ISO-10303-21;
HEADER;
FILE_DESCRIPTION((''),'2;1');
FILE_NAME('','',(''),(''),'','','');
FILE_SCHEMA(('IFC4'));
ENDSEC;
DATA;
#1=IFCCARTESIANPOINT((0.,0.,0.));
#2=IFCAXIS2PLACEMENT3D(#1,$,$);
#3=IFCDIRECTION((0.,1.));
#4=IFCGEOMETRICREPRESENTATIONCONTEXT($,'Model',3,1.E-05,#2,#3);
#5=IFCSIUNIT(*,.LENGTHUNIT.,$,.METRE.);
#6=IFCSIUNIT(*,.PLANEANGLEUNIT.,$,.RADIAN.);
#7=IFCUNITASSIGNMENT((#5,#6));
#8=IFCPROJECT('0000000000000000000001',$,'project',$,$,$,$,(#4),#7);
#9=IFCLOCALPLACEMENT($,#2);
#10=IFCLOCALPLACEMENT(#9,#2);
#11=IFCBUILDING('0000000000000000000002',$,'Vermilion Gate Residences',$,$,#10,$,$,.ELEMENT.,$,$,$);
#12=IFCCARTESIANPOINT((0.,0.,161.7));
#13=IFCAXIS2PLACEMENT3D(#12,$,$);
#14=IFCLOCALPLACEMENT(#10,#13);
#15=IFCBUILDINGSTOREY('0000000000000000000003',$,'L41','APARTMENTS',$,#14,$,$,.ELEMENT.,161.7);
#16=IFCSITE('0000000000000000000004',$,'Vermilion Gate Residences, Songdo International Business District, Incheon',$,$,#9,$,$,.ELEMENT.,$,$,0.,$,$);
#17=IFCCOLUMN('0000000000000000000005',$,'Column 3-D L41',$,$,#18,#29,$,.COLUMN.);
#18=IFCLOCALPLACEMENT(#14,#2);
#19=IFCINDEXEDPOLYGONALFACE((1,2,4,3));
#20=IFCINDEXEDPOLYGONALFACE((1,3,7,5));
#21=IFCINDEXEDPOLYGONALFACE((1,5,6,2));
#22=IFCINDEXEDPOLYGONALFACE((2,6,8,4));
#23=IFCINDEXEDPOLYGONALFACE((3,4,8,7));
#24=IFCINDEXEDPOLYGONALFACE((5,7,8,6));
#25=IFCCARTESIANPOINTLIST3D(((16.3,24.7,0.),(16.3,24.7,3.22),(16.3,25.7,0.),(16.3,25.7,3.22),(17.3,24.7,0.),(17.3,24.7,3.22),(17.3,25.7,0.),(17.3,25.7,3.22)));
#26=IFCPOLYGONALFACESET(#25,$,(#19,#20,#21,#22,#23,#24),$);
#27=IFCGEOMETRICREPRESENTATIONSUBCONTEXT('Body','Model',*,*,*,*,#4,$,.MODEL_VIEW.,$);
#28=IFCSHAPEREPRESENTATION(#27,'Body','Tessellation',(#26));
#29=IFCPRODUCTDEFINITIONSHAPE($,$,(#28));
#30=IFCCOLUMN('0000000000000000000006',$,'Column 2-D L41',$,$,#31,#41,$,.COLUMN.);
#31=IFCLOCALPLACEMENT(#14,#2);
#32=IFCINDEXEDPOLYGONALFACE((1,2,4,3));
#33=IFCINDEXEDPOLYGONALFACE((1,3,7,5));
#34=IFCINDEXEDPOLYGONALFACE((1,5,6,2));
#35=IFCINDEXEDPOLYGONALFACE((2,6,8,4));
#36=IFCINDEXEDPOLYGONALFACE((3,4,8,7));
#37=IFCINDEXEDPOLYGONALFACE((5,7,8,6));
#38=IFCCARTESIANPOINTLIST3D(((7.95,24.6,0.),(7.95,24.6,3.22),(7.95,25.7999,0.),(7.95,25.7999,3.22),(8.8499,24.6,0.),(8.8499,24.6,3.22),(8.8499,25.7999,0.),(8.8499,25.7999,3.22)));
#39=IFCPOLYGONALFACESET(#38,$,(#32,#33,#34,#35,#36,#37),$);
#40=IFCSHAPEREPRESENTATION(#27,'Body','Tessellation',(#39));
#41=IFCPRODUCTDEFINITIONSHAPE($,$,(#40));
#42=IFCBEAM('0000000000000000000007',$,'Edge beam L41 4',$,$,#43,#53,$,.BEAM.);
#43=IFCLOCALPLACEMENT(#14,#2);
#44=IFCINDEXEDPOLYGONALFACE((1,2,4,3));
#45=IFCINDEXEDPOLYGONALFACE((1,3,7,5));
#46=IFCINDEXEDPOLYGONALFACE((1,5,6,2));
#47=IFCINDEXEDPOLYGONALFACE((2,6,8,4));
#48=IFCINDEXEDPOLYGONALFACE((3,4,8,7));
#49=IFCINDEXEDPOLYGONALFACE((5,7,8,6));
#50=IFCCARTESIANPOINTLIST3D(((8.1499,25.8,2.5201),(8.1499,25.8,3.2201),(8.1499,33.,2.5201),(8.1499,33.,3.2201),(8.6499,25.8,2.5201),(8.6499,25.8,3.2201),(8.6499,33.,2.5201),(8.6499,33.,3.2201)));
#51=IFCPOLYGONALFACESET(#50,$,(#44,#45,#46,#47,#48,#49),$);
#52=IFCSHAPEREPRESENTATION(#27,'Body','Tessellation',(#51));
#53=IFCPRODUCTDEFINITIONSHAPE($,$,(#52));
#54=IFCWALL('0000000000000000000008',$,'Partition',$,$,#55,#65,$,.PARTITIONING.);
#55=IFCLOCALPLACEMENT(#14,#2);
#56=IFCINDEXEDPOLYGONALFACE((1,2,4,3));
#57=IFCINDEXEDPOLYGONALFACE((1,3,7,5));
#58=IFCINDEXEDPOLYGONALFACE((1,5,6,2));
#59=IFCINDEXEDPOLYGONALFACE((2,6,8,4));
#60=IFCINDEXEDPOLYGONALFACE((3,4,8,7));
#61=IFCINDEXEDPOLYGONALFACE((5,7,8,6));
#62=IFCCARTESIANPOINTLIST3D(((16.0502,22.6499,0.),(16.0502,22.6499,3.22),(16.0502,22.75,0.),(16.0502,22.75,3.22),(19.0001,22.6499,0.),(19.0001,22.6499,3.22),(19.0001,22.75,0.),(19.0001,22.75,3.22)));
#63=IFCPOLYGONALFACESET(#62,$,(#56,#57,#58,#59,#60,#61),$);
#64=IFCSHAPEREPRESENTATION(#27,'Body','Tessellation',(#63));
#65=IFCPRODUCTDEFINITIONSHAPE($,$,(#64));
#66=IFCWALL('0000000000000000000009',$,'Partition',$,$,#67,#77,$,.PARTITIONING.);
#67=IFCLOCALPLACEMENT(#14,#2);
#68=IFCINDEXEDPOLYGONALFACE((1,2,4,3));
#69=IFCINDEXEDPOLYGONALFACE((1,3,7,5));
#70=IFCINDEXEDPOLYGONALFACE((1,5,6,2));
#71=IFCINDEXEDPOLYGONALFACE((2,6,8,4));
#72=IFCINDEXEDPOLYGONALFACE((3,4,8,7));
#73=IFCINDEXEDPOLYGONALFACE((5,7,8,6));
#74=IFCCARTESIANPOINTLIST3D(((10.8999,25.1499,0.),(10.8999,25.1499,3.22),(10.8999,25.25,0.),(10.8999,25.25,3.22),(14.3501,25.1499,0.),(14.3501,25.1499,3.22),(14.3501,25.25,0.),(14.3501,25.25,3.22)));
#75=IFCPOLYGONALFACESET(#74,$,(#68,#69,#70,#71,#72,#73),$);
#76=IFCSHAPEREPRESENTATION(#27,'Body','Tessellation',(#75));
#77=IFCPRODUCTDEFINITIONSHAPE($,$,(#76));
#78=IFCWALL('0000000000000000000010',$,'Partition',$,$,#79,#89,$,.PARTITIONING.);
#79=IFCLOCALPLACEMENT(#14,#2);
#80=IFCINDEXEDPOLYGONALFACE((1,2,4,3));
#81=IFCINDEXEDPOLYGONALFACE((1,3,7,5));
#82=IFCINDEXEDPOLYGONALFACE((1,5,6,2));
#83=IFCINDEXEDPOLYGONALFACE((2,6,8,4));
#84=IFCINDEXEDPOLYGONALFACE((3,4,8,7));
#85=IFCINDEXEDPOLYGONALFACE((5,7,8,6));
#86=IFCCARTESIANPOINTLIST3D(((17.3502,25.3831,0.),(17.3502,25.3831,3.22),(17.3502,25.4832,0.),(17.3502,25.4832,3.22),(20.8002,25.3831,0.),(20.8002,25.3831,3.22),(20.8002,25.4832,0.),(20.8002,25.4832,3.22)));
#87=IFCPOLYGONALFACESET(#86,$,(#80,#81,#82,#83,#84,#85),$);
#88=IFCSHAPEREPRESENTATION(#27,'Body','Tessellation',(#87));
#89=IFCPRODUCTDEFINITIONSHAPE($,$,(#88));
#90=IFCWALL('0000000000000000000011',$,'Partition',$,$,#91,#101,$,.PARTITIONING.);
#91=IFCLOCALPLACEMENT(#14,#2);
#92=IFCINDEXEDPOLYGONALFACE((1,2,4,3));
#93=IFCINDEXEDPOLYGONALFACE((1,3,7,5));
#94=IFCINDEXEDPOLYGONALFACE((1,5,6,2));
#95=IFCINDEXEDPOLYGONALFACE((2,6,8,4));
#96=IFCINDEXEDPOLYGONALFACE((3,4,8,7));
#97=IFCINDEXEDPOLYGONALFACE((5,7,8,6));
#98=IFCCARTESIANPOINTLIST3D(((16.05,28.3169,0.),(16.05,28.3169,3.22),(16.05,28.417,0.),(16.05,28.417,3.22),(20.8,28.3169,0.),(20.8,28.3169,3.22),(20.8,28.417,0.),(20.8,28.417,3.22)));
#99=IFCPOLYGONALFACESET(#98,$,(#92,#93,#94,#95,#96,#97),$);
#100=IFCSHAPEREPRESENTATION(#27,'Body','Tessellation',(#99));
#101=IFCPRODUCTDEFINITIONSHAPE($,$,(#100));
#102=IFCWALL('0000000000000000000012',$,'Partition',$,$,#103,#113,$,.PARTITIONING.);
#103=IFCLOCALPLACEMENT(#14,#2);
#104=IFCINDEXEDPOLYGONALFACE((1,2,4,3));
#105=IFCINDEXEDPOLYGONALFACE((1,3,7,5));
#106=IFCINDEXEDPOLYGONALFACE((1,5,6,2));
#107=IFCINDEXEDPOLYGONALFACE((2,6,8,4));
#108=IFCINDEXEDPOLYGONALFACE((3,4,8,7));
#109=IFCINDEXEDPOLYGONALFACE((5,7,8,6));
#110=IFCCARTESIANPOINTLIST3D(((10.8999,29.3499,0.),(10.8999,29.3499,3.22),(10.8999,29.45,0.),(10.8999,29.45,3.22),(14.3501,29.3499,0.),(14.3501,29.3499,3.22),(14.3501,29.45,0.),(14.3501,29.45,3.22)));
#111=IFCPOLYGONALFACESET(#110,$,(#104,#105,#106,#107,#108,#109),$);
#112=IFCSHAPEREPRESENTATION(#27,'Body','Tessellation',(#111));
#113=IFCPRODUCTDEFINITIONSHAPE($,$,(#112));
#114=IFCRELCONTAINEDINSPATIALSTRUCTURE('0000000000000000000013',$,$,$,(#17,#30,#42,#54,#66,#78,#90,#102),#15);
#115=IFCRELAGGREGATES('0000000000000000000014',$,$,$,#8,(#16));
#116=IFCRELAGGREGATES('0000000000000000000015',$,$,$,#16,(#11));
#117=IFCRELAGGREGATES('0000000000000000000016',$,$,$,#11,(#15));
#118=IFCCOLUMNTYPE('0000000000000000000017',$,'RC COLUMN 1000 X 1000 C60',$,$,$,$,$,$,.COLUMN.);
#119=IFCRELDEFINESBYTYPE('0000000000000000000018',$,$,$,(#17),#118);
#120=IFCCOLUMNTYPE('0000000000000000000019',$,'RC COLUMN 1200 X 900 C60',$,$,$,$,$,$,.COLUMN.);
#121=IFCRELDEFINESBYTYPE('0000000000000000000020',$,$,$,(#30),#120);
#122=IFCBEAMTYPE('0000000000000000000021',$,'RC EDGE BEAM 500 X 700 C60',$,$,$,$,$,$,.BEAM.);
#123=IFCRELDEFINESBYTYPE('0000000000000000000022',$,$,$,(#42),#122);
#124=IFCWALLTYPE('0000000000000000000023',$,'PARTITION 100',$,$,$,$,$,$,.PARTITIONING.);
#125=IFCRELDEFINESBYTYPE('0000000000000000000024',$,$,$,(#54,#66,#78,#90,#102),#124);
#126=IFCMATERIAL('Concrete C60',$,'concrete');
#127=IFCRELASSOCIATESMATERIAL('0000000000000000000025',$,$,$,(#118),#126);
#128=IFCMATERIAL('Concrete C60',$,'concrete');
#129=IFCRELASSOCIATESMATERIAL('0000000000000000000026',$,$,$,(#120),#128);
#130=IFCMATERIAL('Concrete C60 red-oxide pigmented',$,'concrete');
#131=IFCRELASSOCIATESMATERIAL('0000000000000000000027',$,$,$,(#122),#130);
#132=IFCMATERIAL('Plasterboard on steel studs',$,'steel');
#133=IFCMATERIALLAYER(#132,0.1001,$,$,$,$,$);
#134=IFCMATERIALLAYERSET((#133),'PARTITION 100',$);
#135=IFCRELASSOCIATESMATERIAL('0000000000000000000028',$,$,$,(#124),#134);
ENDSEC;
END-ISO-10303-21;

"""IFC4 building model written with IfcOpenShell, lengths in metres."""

from ifc_helpers import new_model, si_unit, direction, frame, frame_2d, origin, origin_2d, place, context, subcontext, project, spatial, rectangle, extrude, material, layer, layer_set, material_profile, profile_set, type_object, element, save


model = new_model("IFC4")

# Units and contexts
model_context = context("Model", 3, precision=1e-05, world=origin(), true_north=direction((0.0, 1.0)))
body_context = subcontext(model_context, "Body", "Model", "MODEL_VIEW")
ifc_project = project(units=[si_unit("LENGTHUNIT", "METRE"), si_unit("PLANEANGLEUNIT", "RADIAN")], contexts=[model_context])

# Site, building, storey
site_placement = place(None, origin())
site = spatial("IfcSite", under=ifc_project, at=site_placement, Name="Vermilion Gate Residences, Songdo International Business District, Incheon", CompositionType="ELEMENT", RefElevation=0.0)
building_placement = place(site_placement, origin())
building = spatial("IfcBuilding", under=site, at=building_placement, Name="Vermilion Gate Residences", CompositionType="ELEMENT")
storey_placement = place(building_placement, frame((0.0, 0.0, 161.7)))
storey = spatial("IfcBuildingStorey", under=building, at=storey_placement, Name="L41", Description="APARTMENTS", CompositionType="ELEMENT", Elevation=161.7)

# Columns
ifc_material_1 = material(Name="Concrete C60", Category="concrete")
ifc_material_profile_1 = material_profile(ifc_material_1, rectangle(XDim=1.0, YDim=1.0, at=origin_2d()), Name="RC-1000x1000")
ifc_profile_set_1 = profile_set([ifc_material_profile_1], Name="Concrete C60")
column_type_1 = type_object("IfcColumnType", Name="RC COLUMN 1000 X 1000 C60", PredefinedType="COLUMN", material=ifc_profile_set_1)
column_1_placement = place(storey_placement, frame((16.8, 25.2, 0.0), z_axis=(0.0, 0.0, 1.0), x_axis=(1.0, 0.0, 0.0)))
element("IfcColumn", 1, at=column_1_placement, inside=storey, type_object=column_type_1, Name="Column 3-D L41", PredefinedType="COLUMN", context=body_context, shape_type="SweptSolid", body=[
    extrude(rectangle(XDim=1.0, YDim=1.0, at=origin_2d()), origin(), (0.0, 0.0, 1.0), 3.22),
])
ifc_material_2 = material(Name="Concrete C60", Category="concrete")
ifc_material_profile_2 = material_profile(ifc_material_2, rectangle(XDim=1.2, YDim=0.8999, at=origin_2d()), Name="RC-1200x900")
ifc_profile_set_2 = profile_set([ifc_material_profile_2], Name="Concrete C60")
column_type_2 = type_object("IfcColumnType", Name="RC COLUMN 1200 X 900 C60", PredefinedType="COLUMN", material=ifc_profile_set_2)
column_2_placement = place(storey_placement, frame((8.3999, 25.2, 0.0), z_axis=(0.0, 0.0, 1.0), x_axis=(0.0, 1.0, 0.0)))
element("IfcColumn", 2, at=column_2_placement, inside=storey, type_object=column_type_2, Name="Column 2-D L41", PredefinedType="COLUMN", context=body_context, shape_type="SweptSolid", body=[
    extrude(rectangle(XDim=1.2, YDim=0.8999, at=origin_2d()), origin(), (0.0, 0.0, 1.0), 3.22),
])

# Beam
ifc_material_3 = material(Name="Concrete C60 red-oxide pigmented", Category="concrete")
ifc_material_profile_3 = material_profile(ifc_material_3, rectangle(XDim=0.5, YDim=0.7, at=origin_2d()), Name="RC-500x700")
ifc_profile_set_3 = profile_set([ifc_material_profile_3], Name="Concrete C60 red-oxide pigmented")
beam_type = type_object("IfcBeamType", Name="RC EDGE BEAM 500 X 700 C60", PredefinedType="BEAM", material=ifc_profile_set_3)
beam_placement = place(storey_placement, frame((8.3999, 25.8, 2.8701), z_axis=(0.0, 1.0, 0.0), x_axis=(-1.0, 0.0, 0.0)))
element("IfcBeam", 3, at=beam_placement, inside=storey, type_object=beam_type, Name="Edge beam L41 4", PredefinedType="BEAM", context=body_context, shape_type="SweptSolid", body=[
    extrude(rectangle(XDim=0.5, YDim=0.7, at=origin_2d()), origin(), (0.0, 0.0, 1.0), 7.2),
])

# Walls
ifc_material_4 = material(Name="Plasterboard on steel studs", Category="steel")
ifc_layer_1 = layer(ifc_material_4, 0.1001)
ifc_layer_set_1 = layer_set([ifc_layer_1], Name="PARTITION 100")
wall_type_1 = type_object("IfcWallType", Name="PARTITION 100", PredefinedType="PARTITIONING", material=ifc_layer_set_1)
wall_1_placement = place(storey_placement, frame((16.05, 22.7, 0.0), z_axis=(0.0, 0.0, 1.0), x_axis=(1.0, 0.0, 0.0)))
element("IfcWall", 4, at=wall_1_placement, inside=storey, type_object=wall_type_1, Name="Partition", PredefinedType="PARTITIONING", context=body_context, shape_type="SweptSolid", body=[
    extrude(rectangle(XDim=2.95, YDim=0.1001, at=frame_2d((1.4751, 0.0))), origin(), (0.0, 0.0, 1.0), 3.22),
])
wall_2_placement = place(storey_placement, frame((10.8999, 25.2, 0.0), z_axis=(0.0, 0.0, 1.0), x_axis=(1.0, 0.0, 0.0)))
element("IfcWall", 5, at=wall_2_placement, inside=storey, type_object=wall_type_1, Name="Partition", PredefinedType="PARTITIONING", context=body_context, shape_type="SweptSolid", body=[
    extrude(rectangle(XDim=3.4502, YDim=0.1001, at=frame_2d((1.7251, 0.0))), origin(), (0.0, 0.0, 1.0), 3.22),
])
wall_3_placement = place(storey_placement, frame((17.3501, 25.4331, 0.0), z_axis=(0.0, 0.0, 1.0), x_axis=(1.0, 0.0, 0.0)))
element("IfcWall", 6, at=wall_3_placement, inside=storey, type_object=wall_type_1, Name="Partition", PredefinedType="PARTITIONING", context=body_context, shape_type="SweptSolid", body=[
    extrude(rectangle(XDim=3.45, YDim=0.1001, at=frame_2d((1.7251, 0.0))), origin(), (0.0, 0.0, 1.0), 3.22),
])
wall_4_placement = place(storey_placement, frame((16.05, 28.3669, 0.0), z_axis=(0.0, 0.0, 1.0), x_axis=(1.0, 0.0, 0.0)))
element("IfcWall", 7, at=wall_4_placement, inside=storey, type_object=wall_type_1, Name="Partition", PredefinedType="PARTITIONING", context=body_context, shape_type="SweptSolid", body=[
    extrude(rectangle(XDim=4.75, YDim=0.1001, at=frame_2d((2.375, 0.0))), origin(), (0.0, 0.0, 1.0), 3.22),
])
wall_5_placement = place(storey_placement, frame((10.8999, 29.3999, 0.0), z_axis=(0.0, 0.0, 1.0), x_axis=(1.0, 0.0, 0.0)))
element("IfcWall", 8, at=wall_5_placement, inside=storey, type_object=wall_type_1, Name="Partition", PredefinedType="PARTITIONING", context=body_context, shape_type="SweptSolid", body=[
    extrude(rectangle(XDim=3.4502, YDim=0.1001, at=frame_2d((1.7251, 0.0))), origin(), (0.0, 0.0, 1.0), 3.22),
])

save(model, "model.ifc")
